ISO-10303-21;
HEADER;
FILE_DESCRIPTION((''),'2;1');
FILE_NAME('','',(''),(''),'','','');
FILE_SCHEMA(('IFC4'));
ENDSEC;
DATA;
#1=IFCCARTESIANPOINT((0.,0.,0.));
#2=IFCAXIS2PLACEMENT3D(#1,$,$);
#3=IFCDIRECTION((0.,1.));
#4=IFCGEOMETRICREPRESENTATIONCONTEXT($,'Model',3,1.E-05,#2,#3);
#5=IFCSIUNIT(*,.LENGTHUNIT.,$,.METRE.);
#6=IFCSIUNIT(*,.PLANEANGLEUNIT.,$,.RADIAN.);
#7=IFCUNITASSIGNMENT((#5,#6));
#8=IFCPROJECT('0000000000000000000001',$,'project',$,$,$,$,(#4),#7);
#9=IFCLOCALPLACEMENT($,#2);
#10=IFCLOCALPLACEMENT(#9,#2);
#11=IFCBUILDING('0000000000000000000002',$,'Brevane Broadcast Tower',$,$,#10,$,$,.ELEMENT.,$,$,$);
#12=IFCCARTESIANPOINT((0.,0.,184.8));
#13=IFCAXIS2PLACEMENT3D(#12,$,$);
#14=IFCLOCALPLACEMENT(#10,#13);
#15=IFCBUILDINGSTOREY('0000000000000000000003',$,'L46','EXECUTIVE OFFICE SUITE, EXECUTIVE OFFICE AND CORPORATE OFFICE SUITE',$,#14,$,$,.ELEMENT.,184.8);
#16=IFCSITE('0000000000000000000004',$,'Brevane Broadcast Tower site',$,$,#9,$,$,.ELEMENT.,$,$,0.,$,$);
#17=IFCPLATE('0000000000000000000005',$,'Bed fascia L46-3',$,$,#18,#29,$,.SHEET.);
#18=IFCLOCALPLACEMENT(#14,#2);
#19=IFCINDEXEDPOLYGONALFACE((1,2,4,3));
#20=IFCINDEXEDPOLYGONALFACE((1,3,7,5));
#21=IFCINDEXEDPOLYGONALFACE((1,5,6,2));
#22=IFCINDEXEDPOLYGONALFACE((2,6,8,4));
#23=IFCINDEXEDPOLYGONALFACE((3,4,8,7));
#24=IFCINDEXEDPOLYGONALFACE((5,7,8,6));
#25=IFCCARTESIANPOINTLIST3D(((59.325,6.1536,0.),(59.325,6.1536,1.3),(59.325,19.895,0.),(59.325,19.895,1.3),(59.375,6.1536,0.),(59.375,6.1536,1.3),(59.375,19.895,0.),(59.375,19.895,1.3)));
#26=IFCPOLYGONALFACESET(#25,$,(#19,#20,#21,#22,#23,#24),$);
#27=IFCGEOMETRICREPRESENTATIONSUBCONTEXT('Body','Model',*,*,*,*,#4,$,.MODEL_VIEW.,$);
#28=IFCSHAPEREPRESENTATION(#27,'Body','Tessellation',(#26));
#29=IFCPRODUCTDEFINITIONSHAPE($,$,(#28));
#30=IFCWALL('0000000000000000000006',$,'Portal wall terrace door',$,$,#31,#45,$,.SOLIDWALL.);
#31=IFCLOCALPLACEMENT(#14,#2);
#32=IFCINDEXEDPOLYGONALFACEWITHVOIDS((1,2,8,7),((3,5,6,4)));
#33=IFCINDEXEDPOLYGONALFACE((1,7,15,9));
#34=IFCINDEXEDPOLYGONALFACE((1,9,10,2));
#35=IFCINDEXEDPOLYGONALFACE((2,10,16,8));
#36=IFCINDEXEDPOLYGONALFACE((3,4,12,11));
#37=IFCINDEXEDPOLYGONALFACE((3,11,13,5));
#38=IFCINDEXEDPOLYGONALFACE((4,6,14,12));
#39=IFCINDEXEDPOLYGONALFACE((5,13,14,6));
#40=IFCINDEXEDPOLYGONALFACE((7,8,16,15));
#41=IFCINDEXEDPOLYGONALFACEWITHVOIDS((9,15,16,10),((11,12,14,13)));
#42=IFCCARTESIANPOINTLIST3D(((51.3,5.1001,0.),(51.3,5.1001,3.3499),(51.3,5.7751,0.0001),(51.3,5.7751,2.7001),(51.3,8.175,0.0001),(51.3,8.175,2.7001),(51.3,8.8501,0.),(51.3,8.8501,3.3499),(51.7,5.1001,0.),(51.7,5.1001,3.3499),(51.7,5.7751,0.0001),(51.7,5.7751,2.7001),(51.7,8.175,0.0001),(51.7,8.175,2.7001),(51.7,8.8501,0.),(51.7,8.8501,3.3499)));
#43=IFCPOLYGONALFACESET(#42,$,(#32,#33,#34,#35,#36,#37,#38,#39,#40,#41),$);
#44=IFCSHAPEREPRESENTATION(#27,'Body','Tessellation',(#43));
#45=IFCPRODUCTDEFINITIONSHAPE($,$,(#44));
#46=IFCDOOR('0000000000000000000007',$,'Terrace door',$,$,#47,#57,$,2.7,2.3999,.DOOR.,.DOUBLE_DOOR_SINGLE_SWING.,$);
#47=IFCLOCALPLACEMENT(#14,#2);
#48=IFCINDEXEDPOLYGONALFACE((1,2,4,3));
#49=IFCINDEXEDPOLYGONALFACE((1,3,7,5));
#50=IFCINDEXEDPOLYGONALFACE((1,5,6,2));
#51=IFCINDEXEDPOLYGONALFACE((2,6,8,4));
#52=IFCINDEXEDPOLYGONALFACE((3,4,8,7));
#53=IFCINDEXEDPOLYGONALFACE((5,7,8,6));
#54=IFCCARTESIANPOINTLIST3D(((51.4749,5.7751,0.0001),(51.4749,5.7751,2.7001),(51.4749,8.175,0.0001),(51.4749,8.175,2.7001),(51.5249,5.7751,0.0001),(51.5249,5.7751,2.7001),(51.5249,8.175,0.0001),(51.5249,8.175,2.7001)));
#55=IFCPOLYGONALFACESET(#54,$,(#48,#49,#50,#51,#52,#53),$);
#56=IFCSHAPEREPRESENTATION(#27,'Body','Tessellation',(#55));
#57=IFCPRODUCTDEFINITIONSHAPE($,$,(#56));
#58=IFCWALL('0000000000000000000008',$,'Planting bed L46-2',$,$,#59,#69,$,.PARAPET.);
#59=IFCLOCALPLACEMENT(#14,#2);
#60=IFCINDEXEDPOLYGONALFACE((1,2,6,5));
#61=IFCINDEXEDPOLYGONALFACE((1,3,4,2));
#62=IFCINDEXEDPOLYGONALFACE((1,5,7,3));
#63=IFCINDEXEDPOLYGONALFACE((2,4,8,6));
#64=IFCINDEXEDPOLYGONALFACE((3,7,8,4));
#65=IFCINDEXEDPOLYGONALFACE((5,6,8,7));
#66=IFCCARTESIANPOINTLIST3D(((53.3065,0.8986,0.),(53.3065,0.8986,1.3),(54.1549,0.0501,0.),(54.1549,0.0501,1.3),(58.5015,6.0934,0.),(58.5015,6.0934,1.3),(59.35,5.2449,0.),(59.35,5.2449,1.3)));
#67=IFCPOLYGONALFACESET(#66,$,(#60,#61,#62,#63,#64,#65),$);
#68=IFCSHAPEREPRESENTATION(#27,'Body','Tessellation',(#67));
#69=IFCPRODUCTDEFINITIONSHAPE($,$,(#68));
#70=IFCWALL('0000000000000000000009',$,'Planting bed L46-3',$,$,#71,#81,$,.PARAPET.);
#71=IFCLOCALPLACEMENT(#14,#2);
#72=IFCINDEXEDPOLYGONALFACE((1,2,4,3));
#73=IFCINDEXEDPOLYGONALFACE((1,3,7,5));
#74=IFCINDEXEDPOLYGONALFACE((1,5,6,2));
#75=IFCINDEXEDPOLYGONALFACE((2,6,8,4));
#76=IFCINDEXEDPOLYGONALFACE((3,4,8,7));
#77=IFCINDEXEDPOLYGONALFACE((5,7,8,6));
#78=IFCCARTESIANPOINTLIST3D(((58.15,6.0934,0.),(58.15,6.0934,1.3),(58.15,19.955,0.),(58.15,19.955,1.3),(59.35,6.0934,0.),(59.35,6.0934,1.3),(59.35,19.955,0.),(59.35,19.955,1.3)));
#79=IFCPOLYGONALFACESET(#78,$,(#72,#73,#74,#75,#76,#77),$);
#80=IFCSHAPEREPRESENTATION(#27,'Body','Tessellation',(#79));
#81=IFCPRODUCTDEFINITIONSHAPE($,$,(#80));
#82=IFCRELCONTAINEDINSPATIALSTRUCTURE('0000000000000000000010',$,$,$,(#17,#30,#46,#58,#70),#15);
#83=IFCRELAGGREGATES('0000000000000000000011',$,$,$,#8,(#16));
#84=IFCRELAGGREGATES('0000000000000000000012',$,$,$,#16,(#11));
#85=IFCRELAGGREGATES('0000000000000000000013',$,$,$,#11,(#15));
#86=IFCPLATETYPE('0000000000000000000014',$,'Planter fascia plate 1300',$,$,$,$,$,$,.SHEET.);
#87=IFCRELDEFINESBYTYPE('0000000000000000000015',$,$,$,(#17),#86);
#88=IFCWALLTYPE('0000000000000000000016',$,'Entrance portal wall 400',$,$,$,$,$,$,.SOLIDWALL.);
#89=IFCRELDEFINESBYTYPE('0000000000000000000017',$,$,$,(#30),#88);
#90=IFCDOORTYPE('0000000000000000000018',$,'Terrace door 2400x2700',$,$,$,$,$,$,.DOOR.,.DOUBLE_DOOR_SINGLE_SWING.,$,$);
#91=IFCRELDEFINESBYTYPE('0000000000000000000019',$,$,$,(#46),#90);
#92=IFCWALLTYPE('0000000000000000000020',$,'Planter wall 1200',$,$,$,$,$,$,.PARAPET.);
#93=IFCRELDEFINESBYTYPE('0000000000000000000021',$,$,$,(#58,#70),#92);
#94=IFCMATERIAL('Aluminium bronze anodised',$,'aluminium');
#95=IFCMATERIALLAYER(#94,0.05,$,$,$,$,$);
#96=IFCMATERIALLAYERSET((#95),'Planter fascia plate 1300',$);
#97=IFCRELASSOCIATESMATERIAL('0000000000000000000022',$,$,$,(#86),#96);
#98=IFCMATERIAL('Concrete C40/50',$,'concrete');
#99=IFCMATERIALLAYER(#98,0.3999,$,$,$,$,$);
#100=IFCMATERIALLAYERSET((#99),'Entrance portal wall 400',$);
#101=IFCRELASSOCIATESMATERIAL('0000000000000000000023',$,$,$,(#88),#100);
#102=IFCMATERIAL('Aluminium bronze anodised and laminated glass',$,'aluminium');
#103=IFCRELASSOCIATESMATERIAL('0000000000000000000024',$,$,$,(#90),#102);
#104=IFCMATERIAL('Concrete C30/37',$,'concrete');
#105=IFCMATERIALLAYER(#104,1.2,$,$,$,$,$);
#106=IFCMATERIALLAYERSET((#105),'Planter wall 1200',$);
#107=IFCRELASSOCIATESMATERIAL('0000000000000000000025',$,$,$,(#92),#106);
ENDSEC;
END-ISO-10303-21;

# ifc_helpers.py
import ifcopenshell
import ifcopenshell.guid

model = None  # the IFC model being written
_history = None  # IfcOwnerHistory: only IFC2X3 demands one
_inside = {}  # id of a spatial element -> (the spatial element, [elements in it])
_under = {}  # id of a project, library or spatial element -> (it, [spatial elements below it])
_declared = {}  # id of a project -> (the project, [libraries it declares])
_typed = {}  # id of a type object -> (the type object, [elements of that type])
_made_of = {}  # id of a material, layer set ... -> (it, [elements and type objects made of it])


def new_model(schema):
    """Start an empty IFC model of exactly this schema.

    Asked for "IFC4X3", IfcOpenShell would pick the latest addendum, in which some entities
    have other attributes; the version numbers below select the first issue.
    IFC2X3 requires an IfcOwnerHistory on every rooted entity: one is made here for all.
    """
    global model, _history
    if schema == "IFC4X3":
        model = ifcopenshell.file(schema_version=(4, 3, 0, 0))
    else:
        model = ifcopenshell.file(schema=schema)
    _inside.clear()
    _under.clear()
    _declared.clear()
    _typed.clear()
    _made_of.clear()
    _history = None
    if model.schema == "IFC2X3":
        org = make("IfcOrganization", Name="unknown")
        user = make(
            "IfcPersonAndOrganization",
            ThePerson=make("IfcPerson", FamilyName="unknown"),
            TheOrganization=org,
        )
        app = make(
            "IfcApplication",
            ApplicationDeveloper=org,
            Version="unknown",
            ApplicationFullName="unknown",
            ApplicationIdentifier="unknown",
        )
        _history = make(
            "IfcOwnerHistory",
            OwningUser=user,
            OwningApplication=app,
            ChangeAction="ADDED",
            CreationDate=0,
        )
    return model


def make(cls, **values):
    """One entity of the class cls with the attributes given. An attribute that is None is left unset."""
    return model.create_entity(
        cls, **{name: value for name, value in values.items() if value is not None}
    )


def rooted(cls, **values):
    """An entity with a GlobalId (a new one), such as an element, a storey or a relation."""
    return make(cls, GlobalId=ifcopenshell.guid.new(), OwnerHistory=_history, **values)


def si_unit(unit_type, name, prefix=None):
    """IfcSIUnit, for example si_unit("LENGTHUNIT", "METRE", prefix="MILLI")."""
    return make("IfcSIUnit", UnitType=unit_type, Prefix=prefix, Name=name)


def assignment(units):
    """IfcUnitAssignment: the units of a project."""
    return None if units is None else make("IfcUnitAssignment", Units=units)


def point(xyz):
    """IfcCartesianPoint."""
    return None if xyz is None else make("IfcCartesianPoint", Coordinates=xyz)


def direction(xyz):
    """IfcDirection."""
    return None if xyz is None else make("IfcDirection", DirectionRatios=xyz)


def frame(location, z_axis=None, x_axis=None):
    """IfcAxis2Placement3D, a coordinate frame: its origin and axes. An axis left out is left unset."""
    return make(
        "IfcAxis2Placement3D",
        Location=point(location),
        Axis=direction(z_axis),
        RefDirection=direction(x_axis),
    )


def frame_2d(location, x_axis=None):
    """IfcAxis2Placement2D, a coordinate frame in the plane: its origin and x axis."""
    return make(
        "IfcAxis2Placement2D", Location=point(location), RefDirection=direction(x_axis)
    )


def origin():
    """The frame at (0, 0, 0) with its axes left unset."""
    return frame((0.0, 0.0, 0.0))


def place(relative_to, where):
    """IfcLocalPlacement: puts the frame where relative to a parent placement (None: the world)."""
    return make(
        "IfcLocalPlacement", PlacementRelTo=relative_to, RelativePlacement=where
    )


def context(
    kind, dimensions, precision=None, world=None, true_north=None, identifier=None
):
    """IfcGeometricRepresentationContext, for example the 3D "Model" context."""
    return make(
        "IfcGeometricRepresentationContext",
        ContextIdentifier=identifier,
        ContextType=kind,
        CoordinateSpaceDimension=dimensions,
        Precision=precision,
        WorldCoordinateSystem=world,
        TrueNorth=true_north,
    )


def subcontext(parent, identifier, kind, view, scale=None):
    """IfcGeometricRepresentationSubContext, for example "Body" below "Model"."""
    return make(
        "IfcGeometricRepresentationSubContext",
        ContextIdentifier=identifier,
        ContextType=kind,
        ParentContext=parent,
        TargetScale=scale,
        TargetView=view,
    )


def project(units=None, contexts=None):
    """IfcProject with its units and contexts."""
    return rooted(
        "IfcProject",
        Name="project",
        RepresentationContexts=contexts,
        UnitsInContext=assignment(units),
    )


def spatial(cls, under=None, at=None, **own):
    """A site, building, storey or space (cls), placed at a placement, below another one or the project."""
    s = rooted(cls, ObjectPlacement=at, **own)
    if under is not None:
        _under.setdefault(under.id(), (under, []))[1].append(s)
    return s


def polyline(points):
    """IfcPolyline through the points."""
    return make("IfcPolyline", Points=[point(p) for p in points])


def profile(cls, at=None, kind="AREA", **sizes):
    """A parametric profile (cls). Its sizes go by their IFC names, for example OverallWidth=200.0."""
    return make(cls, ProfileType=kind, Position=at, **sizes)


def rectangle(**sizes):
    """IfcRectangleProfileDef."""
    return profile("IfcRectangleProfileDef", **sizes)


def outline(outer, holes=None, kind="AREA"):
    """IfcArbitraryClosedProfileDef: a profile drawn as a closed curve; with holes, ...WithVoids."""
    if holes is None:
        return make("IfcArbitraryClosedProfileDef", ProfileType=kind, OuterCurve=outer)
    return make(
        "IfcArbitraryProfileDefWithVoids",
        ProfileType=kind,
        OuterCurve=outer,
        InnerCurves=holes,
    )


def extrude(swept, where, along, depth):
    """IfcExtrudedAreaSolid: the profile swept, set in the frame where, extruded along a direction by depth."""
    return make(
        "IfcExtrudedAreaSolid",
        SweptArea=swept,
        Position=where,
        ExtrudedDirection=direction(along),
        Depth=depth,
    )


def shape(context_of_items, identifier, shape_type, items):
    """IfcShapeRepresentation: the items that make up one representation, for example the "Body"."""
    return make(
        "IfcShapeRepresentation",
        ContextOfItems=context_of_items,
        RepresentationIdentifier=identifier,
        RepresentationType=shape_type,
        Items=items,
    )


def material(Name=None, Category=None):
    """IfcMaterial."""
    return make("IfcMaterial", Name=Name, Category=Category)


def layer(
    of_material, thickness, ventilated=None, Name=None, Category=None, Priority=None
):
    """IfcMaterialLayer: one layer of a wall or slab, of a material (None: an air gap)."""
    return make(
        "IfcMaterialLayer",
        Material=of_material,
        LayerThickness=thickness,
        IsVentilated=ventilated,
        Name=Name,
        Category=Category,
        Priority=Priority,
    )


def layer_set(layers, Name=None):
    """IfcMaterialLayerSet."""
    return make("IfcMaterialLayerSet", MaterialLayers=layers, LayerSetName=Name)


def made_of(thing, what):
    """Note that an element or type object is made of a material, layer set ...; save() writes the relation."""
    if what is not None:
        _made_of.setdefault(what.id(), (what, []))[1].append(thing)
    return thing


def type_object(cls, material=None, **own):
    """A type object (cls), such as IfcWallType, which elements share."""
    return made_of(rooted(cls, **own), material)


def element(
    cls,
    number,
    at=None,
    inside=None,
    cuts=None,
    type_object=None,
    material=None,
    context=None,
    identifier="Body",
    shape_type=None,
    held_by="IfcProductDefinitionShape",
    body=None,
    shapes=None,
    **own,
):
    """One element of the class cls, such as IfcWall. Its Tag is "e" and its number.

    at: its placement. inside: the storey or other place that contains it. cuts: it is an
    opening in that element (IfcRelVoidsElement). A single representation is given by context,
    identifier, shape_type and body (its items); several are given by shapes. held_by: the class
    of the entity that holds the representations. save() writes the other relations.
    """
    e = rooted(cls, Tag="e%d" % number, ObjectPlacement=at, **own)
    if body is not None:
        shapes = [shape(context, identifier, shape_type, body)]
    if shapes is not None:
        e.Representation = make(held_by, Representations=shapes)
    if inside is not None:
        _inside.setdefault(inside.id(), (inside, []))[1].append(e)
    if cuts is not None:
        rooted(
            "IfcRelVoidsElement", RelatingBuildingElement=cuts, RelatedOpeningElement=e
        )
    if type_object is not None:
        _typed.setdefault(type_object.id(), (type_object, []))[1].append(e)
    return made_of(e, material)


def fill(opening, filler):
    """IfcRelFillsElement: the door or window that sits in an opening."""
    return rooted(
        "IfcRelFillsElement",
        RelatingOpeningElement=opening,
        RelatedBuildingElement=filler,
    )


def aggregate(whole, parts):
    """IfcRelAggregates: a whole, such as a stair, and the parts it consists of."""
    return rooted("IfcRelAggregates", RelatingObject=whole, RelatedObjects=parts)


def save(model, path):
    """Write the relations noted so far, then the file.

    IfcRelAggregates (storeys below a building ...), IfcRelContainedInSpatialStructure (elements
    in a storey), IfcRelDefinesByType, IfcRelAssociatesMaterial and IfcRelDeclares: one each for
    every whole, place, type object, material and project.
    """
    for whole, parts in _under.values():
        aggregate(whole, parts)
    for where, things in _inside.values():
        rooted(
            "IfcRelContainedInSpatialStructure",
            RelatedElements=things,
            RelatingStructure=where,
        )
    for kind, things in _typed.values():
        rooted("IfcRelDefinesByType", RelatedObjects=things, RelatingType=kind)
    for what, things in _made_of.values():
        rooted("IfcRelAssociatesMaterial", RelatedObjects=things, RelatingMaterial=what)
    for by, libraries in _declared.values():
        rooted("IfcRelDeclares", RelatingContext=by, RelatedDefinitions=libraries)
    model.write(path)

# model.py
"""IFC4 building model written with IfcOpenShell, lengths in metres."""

from ifc_helpers import new_model, si_unit, direction, frame, frame_2d, origin, place, context, subcontext, project, spatial, polyline, rectangle, outline, extrude, material, layer, layer_set, type_object, element, fill, save


model = new_model("IFC4")

# Units and contexts
model_context = context("Model", 3, precision=1e-05, world=origin(), true_north=direction((0.0, 1.0)))
body_context = subcontext(model_context, "Body", "Model", "MODEL_VIEW")
ifc_project = project(units=[si_unit("LENGTHUNIT", "METRE"), si_unit("PLANEANGLEUNIT", "RADIAN")], contexts=[model_context])

# Site, building, storey
site_placement = place(None, origin())
site = spatial("IfcSite", under=ifc_project, at=site_placement, Name="Brevane Broadcast Tower site", CompositionType="ELEMENT", RefElevation=0.0)
building_placement = place(site_placement, origin())
building = spatial("IfcBuilding", under=site, at=building_placement, Name="Brevane Broadcast Tower", CompositionType="ELEMENT")
storey_placement = place(building_placement, frame((0.0, 0.0, 184.8)))
storey = spatial("IfcBuildingStorey", under=building, at=storey_placement, Name="L46", Description="EXECUTIVE OFFICE SUITE, EXECUTIVE OFFICE AND CORPORATE OFFICE SUITE", CompositionType="ELEMENT", Elevation=184.8)

# Plate
ifc_material_1 = material(Name="Aluminium bronze anodised", Category="aluminium")
ifc_layer_1 = layer(ifc_material_1, 0.05)
ifc_layer_set_1 = layer_set([ifc_layer_1], Name="Planter fascia plate 1300")
plate_type = type_object("IfcPlateType", Name="Planter fascia plate 1300", PredefinedType="SHEET", material=ifc_layer_set_1)
plate_1_placement = place(storey_placement, frame((59.375, 6.1536, 0.0), z_axis=(1.0, 0.0, 0.0), x_axis=(0.0, 1.0, 0.0)))
element("IfcPlate", 1, at=plate_1_placement, inside=storey, type_object=plate_type, Name="Bed fascia L46-3", PredefinedType="SHEET", context=body_context, shape_type="SweptSolid", body=[
    extrude(outline(polyline([(0.0, 0.0), (13.7415, 0.0), (13.7415, 1.3), (0.0, 1.3), (0.0, 0.0)])), origin(), (0.0, 0.0, -1.0), 0.05),
])

# Wall, opening, door
ifc_material_2 = material(Name="Concrete C40/50", Category="concrete")
ifc_layer_2 = layer(ifc_material_2, 0.3999)
ifc_layer_set_2 = layer_set([ifc_layer_2], Name="Entrance portal wall 400")
wall_type_1 = type_object("IfcWallType", Name="Entrance portal wall 400", PredefinedType="SOLIDWALL", material=ifc_layer_set_2)
wall_1_placement = place(storey_placement, frame((51.5, 8.8501, 0.0), z_axis=(0.0, 0.0, 1.0), x_axis=(0.0, -1.0, 0.0)))
wall_1 = element("IfcWall", 2, at=wall_1_placement, inside=storey, type_object=wall_type_1, Name="Portal wall terrace door", PredefinedType="SOLIDWALL", context=body_context, shape_type="SweptSolid", body=[
    extrude(rectangle(XDim=3.75, YDim=0.3999, at=frame_2d((1.875, 0.0))), origin(), (0.0, 0.0, 1.0), 3.3499),
])
opening_placement = place(wall_1_placement, frame((0.675, 0.0, 0.0)))
opening = element("IfcOpeningElement", 3, at=opening_placement, cuts=wall_1, PredefinedType="OPENING", context=body_context, shape_type="SweptSolid", body=[
    extrude(rectangle(XDim=2.3999, YDim=2.7, at=frame_2d((1.2, 1.3501))), frame((0.0, 0.21, 0.0), z_axis=(0.0, -1.0, 0.0), x_axis=(1.0, 0.0, 0.0)), (0.0, 0.0, 1.0), 0.4199),
])
ifc_material_3 = material(Name="Aluminium bronze anodised and laminated glass", Category="aluminium")
door_type = type_object("IfcDoorType", Name="Terrace door 2400x2700", OperationType="DOUBLE_DOOR_SINGLE_SWING", PredefinedType="DOOR", material=ifc_material_3)
door_placement = place(opening_placement, origin())
door = element("IfcDoor", 4, at=door_placement, inside=storey, type_object=door_type, Name="Terrace door", OperationType="DOUBLE_DOOR_SINGLE_SWING", OverallHeight=2.7, OverallWidth=2.3999, PredefinedType="DOOR", context=body_context, shape_type="SweptSolid", body=[
    extrude(rectangle(XDim=2.3999, YDim=2.7, at=frame_2d((1.2, 1.3501))), frame((0.0, 0.0249, 0.0), z_axis=(0.0, -1.0, 0.0), x_axis=(1.0, 0.0, 0.0)), (0.0, 0.0, 1.0), 0.05),
])
fill(opening, door)

# Walls
ifc_material_4 = material(Name="Concrete C30/37", Category="concrete")
ifc_layer_3 = layer(ifc_material_4, 1.2)
ifc_layer_set_3 = layer_set([ifc_layer_3], Name="Planter wall 1200")
wall_type_2 = type_object("IfcWallType", Name="Planter wall 1200", PredefinedType="PARAPET", material=ifc_layer_set_3)
wall_2_placement = place(storey_placement, frame((53.7307, 0.4744, 0.0), z_axis=(0.0, 0.0, 1.0), x_axis=(0.707123, 0.70709, 0.0)))
element("IfcWall", 5, at=wall_2_placement, inside=storey, type_object=wall_type_2, Name="Planting bed L46-2", PredefinedType="PARAPET", context=body_context, shape_type="SweptSolid", body=[
    extrude(rectangle(XDim=7.3467, YDim=1.2, at=frame_2d((3.6733, 0.0))), origin(), (0.0, 0.0, 1.0), 1.3),
])
wall_3_placement = place(storey_placement, frame((58.75, 6.0935, 0.0), z_axis=(0.0, 0.0, 1.0), x_axis=(0.0, 1.0, 0.0)))
element("IfcWall", 6, at=wall_3_placement, inside=storey, type_object=wall_type_2, Name="Planting bed L46-3", PredefinedType="PARAPET", context=body_context, shape_type="SweptSolid", body=[
    extrude(rectangle(XDim=13.8616, YDim=1.2, at=frame_2d((6.9307, 0.0))), origin(), (0.0, 0.0, 1.0), 1.3),
])

save(model, "model.ifc")
